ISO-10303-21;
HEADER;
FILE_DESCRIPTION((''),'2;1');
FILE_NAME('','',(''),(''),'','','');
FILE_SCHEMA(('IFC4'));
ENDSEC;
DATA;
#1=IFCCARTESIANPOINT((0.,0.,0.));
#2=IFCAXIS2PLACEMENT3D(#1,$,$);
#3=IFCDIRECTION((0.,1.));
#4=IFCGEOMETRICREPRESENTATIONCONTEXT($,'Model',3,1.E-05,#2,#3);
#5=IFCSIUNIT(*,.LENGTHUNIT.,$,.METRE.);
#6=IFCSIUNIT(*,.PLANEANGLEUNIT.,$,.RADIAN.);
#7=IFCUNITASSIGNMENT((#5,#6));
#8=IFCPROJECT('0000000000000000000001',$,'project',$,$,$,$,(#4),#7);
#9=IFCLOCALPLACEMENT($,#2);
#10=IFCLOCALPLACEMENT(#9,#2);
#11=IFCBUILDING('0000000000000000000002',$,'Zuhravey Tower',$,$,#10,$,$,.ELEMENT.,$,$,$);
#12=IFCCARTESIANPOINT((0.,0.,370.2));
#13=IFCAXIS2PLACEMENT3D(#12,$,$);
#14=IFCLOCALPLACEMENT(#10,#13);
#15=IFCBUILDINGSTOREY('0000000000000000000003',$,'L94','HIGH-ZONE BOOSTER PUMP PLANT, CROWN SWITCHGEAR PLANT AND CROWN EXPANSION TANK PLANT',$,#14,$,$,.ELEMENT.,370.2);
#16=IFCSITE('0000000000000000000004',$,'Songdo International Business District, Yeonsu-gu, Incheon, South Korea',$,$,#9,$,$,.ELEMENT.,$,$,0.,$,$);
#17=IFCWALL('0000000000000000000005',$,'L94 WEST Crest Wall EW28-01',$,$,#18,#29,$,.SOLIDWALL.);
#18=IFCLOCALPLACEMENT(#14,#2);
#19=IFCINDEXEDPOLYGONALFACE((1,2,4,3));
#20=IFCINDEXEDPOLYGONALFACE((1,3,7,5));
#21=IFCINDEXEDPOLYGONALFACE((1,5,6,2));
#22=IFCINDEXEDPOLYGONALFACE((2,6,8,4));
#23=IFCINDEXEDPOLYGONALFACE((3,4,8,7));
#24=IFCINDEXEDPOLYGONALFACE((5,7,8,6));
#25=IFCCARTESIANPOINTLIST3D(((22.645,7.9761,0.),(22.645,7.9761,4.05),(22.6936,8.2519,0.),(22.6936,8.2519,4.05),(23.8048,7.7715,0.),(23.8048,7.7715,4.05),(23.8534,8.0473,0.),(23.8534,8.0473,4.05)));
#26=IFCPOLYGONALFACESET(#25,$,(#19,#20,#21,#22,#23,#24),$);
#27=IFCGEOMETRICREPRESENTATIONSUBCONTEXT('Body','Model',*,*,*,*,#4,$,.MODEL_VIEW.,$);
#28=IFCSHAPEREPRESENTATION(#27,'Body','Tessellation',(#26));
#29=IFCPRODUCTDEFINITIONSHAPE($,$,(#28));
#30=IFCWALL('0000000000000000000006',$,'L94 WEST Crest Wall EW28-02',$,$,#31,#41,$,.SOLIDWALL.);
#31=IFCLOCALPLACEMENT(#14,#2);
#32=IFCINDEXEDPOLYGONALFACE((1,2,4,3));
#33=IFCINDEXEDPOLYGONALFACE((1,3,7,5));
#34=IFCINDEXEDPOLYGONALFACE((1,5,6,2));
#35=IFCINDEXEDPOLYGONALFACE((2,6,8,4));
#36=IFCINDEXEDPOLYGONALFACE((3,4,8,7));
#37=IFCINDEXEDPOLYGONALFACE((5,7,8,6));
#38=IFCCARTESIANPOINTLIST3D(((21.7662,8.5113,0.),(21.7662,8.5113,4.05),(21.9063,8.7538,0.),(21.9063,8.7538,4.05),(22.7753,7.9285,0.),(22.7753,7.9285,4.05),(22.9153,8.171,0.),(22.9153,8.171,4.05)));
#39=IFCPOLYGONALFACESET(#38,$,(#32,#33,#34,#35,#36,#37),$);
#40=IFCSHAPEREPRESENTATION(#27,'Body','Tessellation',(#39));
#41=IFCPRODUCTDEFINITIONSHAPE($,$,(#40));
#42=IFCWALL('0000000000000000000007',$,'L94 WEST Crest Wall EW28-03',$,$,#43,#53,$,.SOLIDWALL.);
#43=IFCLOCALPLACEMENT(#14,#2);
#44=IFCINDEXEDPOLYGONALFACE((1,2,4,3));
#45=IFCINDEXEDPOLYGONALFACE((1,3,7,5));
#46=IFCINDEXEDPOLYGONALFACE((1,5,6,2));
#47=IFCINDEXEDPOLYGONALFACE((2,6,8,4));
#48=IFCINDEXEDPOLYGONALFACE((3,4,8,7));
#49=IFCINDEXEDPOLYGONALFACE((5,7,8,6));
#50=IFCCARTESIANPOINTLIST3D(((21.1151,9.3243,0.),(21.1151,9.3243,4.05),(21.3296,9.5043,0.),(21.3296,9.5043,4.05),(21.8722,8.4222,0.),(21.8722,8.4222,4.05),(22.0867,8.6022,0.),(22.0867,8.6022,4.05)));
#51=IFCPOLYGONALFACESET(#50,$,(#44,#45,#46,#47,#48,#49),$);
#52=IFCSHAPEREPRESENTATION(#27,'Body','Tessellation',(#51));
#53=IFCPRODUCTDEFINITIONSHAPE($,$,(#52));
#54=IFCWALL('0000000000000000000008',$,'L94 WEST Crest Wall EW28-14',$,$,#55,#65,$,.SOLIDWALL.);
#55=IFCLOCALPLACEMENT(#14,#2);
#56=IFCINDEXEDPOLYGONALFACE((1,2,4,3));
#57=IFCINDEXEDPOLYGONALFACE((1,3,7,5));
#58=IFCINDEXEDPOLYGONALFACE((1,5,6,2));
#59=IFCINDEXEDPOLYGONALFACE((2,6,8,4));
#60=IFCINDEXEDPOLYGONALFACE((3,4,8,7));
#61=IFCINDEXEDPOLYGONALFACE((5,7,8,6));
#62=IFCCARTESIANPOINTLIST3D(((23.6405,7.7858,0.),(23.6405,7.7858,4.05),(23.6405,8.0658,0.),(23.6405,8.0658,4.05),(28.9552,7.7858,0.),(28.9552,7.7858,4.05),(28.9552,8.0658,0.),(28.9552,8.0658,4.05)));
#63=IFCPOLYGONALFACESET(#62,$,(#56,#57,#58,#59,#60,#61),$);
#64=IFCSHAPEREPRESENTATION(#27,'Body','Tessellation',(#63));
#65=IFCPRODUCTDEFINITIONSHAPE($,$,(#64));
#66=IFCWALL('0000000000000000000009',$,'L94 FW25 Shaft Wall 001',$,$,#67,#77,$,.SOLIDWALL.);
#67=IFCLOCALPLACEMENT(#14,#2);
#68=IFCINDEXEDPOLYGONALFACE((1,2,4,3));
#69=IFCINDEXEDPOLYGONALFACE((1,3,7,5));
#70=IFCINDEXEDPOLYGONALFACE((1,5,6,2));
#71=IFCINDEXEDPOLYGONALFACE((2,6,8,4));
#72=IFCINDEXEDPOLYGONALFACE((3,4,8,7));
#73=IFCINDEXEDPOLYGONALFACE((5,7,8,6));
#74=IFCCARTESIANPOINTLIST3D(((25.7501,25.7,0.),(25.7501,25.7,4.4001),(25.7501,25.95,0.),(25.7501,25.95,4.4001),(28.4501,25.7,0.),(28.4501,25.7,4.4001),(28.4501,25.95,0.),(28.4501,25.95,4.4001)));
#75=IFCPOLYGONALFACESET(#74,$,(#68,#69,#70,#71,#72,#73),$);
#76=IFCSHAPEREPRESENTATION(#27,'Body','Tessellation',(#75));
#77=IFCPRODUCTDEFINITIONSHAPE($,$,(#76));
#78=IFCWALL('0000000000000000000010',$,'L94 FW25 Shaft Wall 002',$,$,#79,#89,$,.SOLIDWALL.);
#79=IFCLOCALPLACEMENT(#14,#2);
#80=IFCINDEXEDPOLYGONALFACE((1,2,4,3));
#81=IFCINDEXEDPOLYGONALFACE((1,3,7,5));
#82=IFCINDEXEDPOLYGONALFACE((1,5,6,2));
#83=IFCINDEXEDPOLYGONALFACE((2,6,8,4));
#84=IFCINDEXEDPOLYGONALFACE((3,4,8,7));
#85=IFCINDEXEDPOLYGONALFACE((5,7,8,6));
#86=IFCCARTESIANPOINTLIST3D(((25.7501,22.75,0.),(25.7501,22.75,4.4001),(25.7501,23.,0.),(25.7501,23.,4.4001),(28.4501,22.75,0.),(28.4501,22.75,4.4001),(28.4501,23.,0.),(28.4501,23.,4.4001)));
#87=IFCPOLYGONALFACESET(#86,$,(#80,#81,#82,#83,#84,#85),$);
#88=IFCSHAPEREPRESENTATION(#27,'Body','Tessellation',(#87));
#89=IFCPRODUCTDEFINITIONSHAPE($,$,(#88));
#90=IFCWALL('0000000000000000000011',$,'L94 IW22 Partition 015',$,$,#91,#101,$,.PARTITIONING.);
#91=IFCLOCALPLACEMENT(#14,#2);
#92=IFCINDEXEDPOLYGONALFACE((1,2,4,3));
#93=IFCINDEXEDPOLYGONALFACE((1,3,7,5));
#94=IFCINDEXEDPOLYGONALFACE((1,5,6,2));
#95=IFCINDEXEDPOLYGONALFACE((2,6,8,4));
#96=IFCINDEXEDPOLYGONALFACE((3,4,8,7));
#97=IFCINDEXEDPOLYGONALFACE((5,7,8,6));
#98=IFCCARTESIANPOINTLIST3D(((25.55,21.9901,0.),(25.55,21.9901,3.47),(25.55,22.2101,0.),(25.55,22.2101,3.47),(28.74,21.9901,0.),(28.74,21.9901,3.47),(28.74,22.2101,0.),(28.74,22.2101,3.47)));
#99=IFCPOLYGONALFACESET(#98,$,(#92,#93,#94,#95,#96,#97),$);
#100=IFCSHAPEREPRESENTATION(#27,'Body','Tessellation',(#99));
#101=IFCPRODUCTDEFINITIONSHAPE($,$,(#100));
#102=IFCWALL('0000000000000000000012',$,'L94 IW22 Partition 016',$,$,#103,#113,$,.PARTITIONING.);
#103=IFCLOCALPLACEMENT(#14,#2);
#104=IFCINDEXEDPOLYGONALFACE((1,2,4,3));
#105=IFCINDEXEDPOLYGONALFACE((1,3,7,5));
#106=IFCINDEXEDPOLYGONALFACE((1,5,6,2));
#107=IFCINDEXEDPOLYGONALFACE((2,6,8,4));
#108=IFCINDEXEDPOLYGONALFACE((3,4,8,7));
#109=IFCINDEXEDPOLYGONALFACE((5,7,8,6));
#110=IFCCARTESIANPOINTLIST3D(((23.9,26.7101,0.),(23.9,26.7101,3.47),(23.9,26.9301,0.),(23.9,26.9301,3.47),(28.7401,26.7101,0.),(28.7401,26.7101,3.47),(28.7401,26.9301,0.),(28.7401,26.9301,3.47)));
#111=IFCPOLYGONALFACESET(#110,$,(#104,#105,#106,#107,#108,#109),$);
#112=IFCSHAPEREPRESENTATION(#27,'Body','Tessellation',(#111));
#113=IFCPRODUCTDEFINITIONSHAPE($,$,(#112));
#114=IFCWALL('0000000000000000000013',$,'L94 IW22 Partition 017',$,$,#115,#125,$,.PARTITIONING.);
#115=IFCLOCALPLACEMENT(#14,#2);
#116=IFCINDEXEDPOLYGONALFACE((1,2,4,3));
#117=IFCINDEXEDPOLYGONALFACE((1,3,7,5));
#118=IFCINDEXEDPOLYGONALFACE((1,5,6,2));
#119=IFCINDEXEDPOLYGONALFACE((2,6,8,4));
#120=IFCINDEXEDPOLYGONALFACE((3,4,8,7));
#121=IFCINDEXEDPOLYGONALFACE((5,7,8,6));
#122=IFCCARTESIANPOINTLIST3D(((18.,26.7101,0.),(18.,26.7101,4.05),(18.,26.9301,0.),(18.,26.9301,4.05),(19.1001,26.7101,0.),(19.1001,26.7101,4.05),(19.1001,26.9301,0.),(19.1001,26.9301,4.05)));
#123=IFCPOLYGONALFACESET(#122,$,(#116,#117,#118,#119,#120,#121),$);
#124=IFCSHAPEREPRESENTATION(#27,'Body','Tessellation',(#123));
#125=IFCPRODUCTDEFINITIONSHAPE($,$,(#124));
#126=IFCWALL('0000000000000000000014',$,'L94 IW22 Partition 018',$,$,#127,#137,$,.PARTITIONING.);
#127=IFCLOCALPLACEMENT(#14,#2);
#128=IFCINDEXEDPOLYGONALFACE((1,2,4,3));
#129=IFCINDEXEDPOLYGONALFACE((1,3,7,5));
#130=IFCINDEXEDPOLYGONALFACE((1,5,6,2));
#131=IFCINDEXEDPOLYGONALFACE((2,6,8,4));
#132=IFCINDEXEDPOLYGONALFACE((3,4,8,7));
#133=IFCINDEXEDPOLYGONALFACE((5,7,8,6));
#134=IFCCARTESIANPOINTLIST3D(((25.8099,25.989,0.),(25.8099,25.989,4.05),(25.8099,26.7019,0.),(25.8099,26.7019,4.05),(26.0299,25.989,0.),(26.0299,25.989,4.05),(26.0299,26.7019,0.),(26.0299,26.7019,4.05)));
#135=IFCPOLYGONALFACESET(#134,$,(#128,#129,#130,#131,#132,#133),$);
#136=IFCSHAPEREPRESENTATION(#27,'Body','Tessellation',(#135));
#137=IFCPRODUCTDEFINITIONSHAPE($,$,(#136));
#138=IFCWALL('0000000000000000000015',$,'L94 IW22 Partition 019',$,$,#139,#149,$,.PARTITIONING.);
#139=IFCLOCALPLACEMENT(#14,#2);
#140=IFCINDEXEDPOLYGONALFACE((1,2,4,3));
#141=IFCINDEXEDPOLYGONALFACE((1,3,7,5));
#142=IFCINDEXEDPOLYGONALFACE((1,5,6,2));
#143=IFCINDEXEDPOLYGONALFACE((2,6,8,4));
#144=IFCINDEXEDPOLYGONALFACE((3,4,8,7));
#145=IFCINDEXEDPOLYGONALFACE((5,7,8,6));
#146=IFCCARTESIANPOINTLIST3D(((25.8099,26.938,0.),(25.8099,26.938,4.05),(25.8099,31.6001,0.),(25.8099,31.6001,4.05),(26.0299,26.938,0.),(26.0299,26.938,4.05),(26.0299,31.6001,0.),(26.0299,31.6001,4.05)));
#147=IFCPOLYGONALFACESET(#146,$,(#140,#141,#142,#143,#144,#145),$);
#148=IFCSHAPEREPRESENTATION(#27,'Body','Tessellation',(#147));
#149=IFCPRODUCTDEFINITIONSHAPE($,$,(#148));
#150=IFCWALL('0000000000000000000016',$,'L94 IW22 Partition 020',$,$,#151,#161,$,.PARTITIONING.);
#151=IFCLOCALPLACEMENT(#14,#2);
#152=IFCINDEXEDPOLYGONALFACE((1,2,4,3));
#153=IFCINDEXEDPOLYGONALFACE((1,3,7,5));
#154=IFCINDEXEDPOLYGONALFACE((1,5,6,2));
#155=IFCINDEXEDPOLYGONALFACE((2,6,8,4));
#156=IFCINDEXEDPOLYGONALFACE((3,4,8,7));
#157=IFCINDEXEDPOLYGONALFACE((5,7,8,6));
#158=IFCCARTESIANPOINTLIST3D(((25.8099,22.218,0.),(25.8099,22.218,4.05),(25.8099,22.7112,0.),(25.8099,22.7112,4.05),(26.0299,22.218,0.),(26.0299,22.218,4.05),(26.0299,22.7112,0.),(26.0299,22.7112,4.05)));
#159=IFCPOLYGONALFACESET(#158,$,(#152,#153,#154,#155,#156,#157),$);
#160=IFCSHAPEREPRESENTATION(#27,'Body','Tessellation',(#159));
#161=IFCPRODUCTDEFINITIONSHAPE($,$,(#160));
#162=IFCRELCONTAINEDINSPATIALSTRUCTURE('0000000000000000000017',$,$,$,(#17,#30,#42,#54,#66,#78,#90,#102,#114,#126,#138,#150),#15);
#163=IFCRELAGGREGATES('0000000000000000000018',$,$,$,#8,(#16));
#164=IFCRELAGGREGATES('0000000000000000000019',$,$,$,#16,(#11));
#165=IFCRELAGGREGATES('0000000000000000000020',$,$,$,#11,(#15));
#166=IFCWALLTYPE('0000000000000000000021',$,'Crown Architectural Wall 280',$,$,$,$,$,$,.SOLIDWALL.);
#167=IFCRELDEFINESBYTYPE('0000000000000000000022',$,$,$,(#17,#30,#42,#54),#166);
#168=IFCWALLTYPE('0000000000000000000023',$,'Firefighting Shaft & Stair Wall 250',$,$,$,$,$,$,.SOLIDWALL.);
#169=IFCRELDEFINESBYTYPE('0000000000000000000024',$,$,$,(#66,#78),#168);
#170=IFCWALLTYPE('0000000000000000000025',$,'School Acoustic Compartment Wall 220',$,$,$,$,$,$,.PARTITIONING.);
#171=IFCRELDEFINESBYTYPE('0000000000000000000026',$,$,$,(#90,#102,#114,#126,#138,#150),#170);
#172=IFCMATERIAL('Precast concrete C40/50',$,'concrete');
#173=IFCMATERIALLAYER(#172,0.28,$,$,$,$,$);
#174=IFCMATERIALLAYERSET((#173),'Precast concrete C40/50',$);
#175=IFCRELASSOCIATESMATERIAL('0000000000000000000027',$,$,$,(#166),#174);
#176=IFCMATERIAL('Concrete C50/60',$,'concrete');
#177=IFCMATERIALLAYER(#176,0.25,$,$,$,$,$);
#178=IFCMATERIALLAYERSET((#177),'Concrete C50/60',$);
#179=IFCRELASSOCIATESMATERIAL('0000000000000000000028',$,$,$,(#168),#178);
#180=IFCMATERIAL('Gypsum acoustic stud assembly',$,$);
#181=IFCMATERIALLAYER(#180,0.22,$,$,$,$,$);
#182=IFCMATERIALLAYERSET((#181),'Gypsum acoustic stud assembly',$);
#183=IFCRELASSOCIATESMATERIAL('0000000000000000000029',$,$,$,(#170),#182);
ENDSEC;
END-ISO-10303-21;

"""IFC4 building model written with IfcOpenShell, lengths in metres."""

from ifc_helpers import new_model, si_unit, direction, frame, frame_2d, origin, place, context, subcontext, project, spatial, rectangle, extrude, material, layer, layer_set, type_object, element, save


model = new_model("IFC4")

# Units and contexts
model_context = context("Model", 3, precision=1e-05, world=origin(), true_north=direction((0.0, 1.0)))
body_context = subcontext(model_context, "Body", "Model", "MODEL_VIEW")
ifc_project = project(units=[si_unit("LENGTHUNIT", "METRE"), si_unit("PLANEANGLEUNIT", "RADIAN")], contexts=[model_context])

# Site, building, storey
site_placement = place(None, origin())
site = spatial("IfcSite", under=ifc_project, at=site_placement, Name="Songdo International Business District, Yeonsu-gu, Incheon, South Korea", CompositionType="ELEMENT", RefElevation=0.0)
building_placement = place(site_placement, origin())
building = spatial("IfcBuilding", under=site, at=building_placement, Name="Zuhravey Tower", CompositionType="ELEMENT")
storey_placement = place(building_placement, frame((0.0, 0.0, 370.2)))
storey = spatial("IfcBuildingStorey", under=building, at=storey_placement, Name="L94", Description="HIGH-ZONE BOOSTER PUMP PLANT, CROWN SWITCHGEAR PLANT AND CROWN EXPANSION TANK PLANT", CompositionType="ELEMENT", Elevation=370.2)

# Shared definitions
ifc_material_1 = material(Name="Concrete C50/60", Category="concrete")

# Walls
ifc_material_2 = material(Name="Precast concrete C40/50", Category="concrete")
ifc_layer_1 = layer(ifc_material_2, 0.28)
ifc_layer_set_1 = layer_set([ifc_layer_1], Name="Precast concrete C40/50")
wall_type_1 = type_object("IfcWallType", Name="Crown Architectural Wall 280", PredefinedType="SOLIDWALL", material=ifc_layer_set_1)
wall_1_placement = place(storey_placement, frame((23.8291, 7.9094, 0.0), z_axis=(0.0, 0.0, 1.0), x_axis=(-0.984798, 0.173703, 0.0)))
element("IfcWall", 1, at=wall_1_placement, inside=storey, type_object=wall_type_1, Name="L94 WEST Crest Wall EW28-01", PredefinedType="SOLIDWALL", context=body_context, shape_type="SweptSolid", body=[
    extrude(rectangle(XDim=1.1777, YDim=0.28, at=frame_2d((0.5889, 0.0))), origin(), (0.0, 0.0, 1.0), 4.05),
])
wall_2_placement = place(storey_placement, frame((22.8452, 8.0498, 0.0), z_axis=(0.0, 0.0, 1.0), x_axis=(-0.865952, 0.500127, 0.0)))
element("IfcWall", 2, at=wall_2_placement, inside=storey, type_object=wall_type_1, Name="L94 WEST Crest Wall EW28-02", PredefinedType="SOLIDWALL", context=body_context, shape_type="SweptSolid", body=[
    extrude(rectangle(XDim=1.1653, YDim=0.28, at=frame_2d((0.5825, 0.0))), origin(), (0.0, 0.0, 1.0), 4.05),
])
wall_3_placement = place(storey_placement, frame((21.9795, 8.5122, 0.0), z_axis=(0.0, 0.0, 1.0), x_axis=(-0.642852, 0.765991, 0.0)))
element("IfcWall", 3, at=wall_3_placement, inside=storey, type_object=wall_type_1, Name="L94 WEST Crest Wall EW28-03", PredefinedType="SOLIDWALL", context=body_context, shape_type="SweptSolid", body=[
    extrude(rectangle(XDim=1.1777, YDim=0.28, at=frame_2d((0.5889, 0.0))), origin(), (0.0, 0.0, 1.0), 4.05),
])
wall_4_placement = place(storey_placement, frame((28.9551, 7.9258, 0.0), z_axis=(0.0, 0.0, 1.0), x_axis=(-1.0, 0.0, 0.0)))
element("IfcWall", 4, at=wall_4_placement, inside=storey, type_object=wall_type_1, Name="L94 WEST Crest Wall EW28-14", PredefinedType="SOLIDWALL", context=body_context, shape_type="SweptSolid", body=[
    extrude(rectangle(XDim=5.3147, YDim=0.28, at=frame_2d((2.6572, 0.0))), origin(), (0.0, 0.0, 1.0), 4.05),
])
ifc_layer_2 = layer(ifc_material_1, 0.25)
ifc_layer_set_2 = layer_set([ifc_layer_2], Name="Concrete C50/60")
wall_type_2 = type_object("IfcWallType", Name="Firefighting Shaft & Stair Wall 250", PredefinedType="SOLIDWALL", material=ifc_layer_set_2)
for number, where, z_axis, x_axis, name in (
    (5, (25.75, 25.825, 0.0), (0.0, 0.0, 1.0), (1.0, 0.0, 0.0), "L94 FW25 Shaft Wall 001"),
    (6, (25.75, 22.875, 0.0), (0.0, 0.0, 1.0), (1.0, 0.0, 0.0), "L94 FW25 Shaft Wall 002"),
):
    element("IfcWall", number, at=place(storey_placement, frame(where, z_axis=z_axis, x_axis=x_axis)), inside=storey, type_object=wall_type_2, Name=name, PredefinedType="SOLIDWALL", context=body_context, shape_type="SweptSolid", body=[
        extrude(rectangle(XDim=2.7, YDim=0.25, at=frame_2d((1.3501, 0.0))), origin(), (0.0, 0.0, 1.0), 4.4001),
    ])
ifc_material_3 = material(Name="Gypsum acoustic stud assembly")
ifc_layer_3 = layer(ifc_material_3, 0.22)
ifc_layer_set_3 = layer_set([ifc_layer_3], Name="Gypsum acoustic stud assembly")
wall_type_3 = type_object("IfcWallType", Name="School Acoustic Compartment Wall 220", PredefinedType="PARTITIONING", material=ifc_layer_set_3)
wall_5_placement = place(storey_placement, frame((25.55, 22.1001, 0.0), z_axis=(0.0, 0.0, 1.0), x_axis=(1.0, 0.0, 0.0)))
element("IfcWall", 7, at=wall_5_placement, inside=storey, type_object=wall_type_3, Name="L94 IW22 Partition 015", PredefinedType="PARTITIONING", context=body_context, shape_type="SweptSolid", body=[
    extrude(rectangle(XDim=3.1899, YDim=0.22, at=frame_2d((1.595, 0.0))), origin(), (0.0, 0.0, 1.0), 3.47),
])
wall_6_placement = place(storey_placement, frame((28.74, 26.8201, 0.0), z_axis=(0.0, 0.0, 1.0), x_axis=(-1.0, 0.0, 0.0)))
element("IfcWall", 8, at=wall_6_placement, inside=storey, type_object=wall_type_3, Name="L94 IW22 Partition 016", PredefinedType="PARTITIONING", context=body_context, shape_type="SweptSolid", body=[
    extrude(rectangle(XDim=4.8401, YDim=0.22, at=frame_2d((2.4199, 0.0))), origin(), (0.0, 0.0, 1.0), 3.47),
])
wall_7_placement = place(storey_placement, frame((19.1001, 26.8201, 0.0), z_axis=(0.0, 0.0, 1.0), x_axis=(-1.0, 0.0, 0.0)))
element("IfcWall", 9, at=wall_7_placement, inside=storey, type_object=wall_type_3, Name="L94 IW22 Partition 017", PredefinedType="PARTITIONING", context=body_context, shape_type="SweptSolid", body=[
    extrude(rectangle(XDim=1.1001, YDim=0.22, at=frame_2d((0.55, 0.0))), origin(), (0.0, 0.0, 1.0), 4.05),
])
wall_8_placement = place(storey_placement, frame((25.9199, 25.989, 0.0), z_axis=(0.0, 0.0, 1.0), x_axis=(0.0, 1.0, 0.0)))
element("IfcWall", 10, at=wall_8_placement, inside=storey, type_object=wall_type_3, Name="L94 IW22 Partition 018", PredefinedType="PARTITIONING", context=body_context, shape_type="SweptSolid", body=[
    extrude(rectangle(XDim=0.7129, YDim=0.22, at=frame_2d((0.3564, 0.0))), origin(), (0.0, 0.0, 1.0), 4.05),
])
wall_9_placement = place(storey_placement, frame((25.9199, 26.938, 0.0), z_axis=(0.0, 0.0, 1.0), x_axis=(0.0, 1.0, 0.0)))
element("IfcWall", 11, at=wall_9_placement, inside=storey, type_object=wall_type_3, Name="L94 IW22 Partition 019", PredefinedType="PARTITIONING", context=body_context, shape_type="SweptSolid", body=[
    extrude(rectangle(XDim=4.6621, YDim=0.22, at=frame_2d((2.3311, 0.0))), origin(), (0.0, 0.0, 1.0), 4.05),
])
wall_10_placement = place(storey_placement, frame((25.9199, 22.218, 0.0), z_axis=(0.0, 0.0, 1.0), x_axis=(0.0, 1.0, 0.0)))
element("IfcWall", 12, at=wall_10_placement, inside=storey, type_object=wall_type_3, Name="L94 IW22 Partition 020", PredefinedType="PARTITIONING", context=body_context, shape_type="SweptSolid", body=[
    extrude(rectangle(XDim=0.4932, YDim=0.22, at=frame_2d((0.2466, 0.0))), origin(), (0.0, 0.0, 1.0), 4.05),
])

save(model, "model.ifc")
